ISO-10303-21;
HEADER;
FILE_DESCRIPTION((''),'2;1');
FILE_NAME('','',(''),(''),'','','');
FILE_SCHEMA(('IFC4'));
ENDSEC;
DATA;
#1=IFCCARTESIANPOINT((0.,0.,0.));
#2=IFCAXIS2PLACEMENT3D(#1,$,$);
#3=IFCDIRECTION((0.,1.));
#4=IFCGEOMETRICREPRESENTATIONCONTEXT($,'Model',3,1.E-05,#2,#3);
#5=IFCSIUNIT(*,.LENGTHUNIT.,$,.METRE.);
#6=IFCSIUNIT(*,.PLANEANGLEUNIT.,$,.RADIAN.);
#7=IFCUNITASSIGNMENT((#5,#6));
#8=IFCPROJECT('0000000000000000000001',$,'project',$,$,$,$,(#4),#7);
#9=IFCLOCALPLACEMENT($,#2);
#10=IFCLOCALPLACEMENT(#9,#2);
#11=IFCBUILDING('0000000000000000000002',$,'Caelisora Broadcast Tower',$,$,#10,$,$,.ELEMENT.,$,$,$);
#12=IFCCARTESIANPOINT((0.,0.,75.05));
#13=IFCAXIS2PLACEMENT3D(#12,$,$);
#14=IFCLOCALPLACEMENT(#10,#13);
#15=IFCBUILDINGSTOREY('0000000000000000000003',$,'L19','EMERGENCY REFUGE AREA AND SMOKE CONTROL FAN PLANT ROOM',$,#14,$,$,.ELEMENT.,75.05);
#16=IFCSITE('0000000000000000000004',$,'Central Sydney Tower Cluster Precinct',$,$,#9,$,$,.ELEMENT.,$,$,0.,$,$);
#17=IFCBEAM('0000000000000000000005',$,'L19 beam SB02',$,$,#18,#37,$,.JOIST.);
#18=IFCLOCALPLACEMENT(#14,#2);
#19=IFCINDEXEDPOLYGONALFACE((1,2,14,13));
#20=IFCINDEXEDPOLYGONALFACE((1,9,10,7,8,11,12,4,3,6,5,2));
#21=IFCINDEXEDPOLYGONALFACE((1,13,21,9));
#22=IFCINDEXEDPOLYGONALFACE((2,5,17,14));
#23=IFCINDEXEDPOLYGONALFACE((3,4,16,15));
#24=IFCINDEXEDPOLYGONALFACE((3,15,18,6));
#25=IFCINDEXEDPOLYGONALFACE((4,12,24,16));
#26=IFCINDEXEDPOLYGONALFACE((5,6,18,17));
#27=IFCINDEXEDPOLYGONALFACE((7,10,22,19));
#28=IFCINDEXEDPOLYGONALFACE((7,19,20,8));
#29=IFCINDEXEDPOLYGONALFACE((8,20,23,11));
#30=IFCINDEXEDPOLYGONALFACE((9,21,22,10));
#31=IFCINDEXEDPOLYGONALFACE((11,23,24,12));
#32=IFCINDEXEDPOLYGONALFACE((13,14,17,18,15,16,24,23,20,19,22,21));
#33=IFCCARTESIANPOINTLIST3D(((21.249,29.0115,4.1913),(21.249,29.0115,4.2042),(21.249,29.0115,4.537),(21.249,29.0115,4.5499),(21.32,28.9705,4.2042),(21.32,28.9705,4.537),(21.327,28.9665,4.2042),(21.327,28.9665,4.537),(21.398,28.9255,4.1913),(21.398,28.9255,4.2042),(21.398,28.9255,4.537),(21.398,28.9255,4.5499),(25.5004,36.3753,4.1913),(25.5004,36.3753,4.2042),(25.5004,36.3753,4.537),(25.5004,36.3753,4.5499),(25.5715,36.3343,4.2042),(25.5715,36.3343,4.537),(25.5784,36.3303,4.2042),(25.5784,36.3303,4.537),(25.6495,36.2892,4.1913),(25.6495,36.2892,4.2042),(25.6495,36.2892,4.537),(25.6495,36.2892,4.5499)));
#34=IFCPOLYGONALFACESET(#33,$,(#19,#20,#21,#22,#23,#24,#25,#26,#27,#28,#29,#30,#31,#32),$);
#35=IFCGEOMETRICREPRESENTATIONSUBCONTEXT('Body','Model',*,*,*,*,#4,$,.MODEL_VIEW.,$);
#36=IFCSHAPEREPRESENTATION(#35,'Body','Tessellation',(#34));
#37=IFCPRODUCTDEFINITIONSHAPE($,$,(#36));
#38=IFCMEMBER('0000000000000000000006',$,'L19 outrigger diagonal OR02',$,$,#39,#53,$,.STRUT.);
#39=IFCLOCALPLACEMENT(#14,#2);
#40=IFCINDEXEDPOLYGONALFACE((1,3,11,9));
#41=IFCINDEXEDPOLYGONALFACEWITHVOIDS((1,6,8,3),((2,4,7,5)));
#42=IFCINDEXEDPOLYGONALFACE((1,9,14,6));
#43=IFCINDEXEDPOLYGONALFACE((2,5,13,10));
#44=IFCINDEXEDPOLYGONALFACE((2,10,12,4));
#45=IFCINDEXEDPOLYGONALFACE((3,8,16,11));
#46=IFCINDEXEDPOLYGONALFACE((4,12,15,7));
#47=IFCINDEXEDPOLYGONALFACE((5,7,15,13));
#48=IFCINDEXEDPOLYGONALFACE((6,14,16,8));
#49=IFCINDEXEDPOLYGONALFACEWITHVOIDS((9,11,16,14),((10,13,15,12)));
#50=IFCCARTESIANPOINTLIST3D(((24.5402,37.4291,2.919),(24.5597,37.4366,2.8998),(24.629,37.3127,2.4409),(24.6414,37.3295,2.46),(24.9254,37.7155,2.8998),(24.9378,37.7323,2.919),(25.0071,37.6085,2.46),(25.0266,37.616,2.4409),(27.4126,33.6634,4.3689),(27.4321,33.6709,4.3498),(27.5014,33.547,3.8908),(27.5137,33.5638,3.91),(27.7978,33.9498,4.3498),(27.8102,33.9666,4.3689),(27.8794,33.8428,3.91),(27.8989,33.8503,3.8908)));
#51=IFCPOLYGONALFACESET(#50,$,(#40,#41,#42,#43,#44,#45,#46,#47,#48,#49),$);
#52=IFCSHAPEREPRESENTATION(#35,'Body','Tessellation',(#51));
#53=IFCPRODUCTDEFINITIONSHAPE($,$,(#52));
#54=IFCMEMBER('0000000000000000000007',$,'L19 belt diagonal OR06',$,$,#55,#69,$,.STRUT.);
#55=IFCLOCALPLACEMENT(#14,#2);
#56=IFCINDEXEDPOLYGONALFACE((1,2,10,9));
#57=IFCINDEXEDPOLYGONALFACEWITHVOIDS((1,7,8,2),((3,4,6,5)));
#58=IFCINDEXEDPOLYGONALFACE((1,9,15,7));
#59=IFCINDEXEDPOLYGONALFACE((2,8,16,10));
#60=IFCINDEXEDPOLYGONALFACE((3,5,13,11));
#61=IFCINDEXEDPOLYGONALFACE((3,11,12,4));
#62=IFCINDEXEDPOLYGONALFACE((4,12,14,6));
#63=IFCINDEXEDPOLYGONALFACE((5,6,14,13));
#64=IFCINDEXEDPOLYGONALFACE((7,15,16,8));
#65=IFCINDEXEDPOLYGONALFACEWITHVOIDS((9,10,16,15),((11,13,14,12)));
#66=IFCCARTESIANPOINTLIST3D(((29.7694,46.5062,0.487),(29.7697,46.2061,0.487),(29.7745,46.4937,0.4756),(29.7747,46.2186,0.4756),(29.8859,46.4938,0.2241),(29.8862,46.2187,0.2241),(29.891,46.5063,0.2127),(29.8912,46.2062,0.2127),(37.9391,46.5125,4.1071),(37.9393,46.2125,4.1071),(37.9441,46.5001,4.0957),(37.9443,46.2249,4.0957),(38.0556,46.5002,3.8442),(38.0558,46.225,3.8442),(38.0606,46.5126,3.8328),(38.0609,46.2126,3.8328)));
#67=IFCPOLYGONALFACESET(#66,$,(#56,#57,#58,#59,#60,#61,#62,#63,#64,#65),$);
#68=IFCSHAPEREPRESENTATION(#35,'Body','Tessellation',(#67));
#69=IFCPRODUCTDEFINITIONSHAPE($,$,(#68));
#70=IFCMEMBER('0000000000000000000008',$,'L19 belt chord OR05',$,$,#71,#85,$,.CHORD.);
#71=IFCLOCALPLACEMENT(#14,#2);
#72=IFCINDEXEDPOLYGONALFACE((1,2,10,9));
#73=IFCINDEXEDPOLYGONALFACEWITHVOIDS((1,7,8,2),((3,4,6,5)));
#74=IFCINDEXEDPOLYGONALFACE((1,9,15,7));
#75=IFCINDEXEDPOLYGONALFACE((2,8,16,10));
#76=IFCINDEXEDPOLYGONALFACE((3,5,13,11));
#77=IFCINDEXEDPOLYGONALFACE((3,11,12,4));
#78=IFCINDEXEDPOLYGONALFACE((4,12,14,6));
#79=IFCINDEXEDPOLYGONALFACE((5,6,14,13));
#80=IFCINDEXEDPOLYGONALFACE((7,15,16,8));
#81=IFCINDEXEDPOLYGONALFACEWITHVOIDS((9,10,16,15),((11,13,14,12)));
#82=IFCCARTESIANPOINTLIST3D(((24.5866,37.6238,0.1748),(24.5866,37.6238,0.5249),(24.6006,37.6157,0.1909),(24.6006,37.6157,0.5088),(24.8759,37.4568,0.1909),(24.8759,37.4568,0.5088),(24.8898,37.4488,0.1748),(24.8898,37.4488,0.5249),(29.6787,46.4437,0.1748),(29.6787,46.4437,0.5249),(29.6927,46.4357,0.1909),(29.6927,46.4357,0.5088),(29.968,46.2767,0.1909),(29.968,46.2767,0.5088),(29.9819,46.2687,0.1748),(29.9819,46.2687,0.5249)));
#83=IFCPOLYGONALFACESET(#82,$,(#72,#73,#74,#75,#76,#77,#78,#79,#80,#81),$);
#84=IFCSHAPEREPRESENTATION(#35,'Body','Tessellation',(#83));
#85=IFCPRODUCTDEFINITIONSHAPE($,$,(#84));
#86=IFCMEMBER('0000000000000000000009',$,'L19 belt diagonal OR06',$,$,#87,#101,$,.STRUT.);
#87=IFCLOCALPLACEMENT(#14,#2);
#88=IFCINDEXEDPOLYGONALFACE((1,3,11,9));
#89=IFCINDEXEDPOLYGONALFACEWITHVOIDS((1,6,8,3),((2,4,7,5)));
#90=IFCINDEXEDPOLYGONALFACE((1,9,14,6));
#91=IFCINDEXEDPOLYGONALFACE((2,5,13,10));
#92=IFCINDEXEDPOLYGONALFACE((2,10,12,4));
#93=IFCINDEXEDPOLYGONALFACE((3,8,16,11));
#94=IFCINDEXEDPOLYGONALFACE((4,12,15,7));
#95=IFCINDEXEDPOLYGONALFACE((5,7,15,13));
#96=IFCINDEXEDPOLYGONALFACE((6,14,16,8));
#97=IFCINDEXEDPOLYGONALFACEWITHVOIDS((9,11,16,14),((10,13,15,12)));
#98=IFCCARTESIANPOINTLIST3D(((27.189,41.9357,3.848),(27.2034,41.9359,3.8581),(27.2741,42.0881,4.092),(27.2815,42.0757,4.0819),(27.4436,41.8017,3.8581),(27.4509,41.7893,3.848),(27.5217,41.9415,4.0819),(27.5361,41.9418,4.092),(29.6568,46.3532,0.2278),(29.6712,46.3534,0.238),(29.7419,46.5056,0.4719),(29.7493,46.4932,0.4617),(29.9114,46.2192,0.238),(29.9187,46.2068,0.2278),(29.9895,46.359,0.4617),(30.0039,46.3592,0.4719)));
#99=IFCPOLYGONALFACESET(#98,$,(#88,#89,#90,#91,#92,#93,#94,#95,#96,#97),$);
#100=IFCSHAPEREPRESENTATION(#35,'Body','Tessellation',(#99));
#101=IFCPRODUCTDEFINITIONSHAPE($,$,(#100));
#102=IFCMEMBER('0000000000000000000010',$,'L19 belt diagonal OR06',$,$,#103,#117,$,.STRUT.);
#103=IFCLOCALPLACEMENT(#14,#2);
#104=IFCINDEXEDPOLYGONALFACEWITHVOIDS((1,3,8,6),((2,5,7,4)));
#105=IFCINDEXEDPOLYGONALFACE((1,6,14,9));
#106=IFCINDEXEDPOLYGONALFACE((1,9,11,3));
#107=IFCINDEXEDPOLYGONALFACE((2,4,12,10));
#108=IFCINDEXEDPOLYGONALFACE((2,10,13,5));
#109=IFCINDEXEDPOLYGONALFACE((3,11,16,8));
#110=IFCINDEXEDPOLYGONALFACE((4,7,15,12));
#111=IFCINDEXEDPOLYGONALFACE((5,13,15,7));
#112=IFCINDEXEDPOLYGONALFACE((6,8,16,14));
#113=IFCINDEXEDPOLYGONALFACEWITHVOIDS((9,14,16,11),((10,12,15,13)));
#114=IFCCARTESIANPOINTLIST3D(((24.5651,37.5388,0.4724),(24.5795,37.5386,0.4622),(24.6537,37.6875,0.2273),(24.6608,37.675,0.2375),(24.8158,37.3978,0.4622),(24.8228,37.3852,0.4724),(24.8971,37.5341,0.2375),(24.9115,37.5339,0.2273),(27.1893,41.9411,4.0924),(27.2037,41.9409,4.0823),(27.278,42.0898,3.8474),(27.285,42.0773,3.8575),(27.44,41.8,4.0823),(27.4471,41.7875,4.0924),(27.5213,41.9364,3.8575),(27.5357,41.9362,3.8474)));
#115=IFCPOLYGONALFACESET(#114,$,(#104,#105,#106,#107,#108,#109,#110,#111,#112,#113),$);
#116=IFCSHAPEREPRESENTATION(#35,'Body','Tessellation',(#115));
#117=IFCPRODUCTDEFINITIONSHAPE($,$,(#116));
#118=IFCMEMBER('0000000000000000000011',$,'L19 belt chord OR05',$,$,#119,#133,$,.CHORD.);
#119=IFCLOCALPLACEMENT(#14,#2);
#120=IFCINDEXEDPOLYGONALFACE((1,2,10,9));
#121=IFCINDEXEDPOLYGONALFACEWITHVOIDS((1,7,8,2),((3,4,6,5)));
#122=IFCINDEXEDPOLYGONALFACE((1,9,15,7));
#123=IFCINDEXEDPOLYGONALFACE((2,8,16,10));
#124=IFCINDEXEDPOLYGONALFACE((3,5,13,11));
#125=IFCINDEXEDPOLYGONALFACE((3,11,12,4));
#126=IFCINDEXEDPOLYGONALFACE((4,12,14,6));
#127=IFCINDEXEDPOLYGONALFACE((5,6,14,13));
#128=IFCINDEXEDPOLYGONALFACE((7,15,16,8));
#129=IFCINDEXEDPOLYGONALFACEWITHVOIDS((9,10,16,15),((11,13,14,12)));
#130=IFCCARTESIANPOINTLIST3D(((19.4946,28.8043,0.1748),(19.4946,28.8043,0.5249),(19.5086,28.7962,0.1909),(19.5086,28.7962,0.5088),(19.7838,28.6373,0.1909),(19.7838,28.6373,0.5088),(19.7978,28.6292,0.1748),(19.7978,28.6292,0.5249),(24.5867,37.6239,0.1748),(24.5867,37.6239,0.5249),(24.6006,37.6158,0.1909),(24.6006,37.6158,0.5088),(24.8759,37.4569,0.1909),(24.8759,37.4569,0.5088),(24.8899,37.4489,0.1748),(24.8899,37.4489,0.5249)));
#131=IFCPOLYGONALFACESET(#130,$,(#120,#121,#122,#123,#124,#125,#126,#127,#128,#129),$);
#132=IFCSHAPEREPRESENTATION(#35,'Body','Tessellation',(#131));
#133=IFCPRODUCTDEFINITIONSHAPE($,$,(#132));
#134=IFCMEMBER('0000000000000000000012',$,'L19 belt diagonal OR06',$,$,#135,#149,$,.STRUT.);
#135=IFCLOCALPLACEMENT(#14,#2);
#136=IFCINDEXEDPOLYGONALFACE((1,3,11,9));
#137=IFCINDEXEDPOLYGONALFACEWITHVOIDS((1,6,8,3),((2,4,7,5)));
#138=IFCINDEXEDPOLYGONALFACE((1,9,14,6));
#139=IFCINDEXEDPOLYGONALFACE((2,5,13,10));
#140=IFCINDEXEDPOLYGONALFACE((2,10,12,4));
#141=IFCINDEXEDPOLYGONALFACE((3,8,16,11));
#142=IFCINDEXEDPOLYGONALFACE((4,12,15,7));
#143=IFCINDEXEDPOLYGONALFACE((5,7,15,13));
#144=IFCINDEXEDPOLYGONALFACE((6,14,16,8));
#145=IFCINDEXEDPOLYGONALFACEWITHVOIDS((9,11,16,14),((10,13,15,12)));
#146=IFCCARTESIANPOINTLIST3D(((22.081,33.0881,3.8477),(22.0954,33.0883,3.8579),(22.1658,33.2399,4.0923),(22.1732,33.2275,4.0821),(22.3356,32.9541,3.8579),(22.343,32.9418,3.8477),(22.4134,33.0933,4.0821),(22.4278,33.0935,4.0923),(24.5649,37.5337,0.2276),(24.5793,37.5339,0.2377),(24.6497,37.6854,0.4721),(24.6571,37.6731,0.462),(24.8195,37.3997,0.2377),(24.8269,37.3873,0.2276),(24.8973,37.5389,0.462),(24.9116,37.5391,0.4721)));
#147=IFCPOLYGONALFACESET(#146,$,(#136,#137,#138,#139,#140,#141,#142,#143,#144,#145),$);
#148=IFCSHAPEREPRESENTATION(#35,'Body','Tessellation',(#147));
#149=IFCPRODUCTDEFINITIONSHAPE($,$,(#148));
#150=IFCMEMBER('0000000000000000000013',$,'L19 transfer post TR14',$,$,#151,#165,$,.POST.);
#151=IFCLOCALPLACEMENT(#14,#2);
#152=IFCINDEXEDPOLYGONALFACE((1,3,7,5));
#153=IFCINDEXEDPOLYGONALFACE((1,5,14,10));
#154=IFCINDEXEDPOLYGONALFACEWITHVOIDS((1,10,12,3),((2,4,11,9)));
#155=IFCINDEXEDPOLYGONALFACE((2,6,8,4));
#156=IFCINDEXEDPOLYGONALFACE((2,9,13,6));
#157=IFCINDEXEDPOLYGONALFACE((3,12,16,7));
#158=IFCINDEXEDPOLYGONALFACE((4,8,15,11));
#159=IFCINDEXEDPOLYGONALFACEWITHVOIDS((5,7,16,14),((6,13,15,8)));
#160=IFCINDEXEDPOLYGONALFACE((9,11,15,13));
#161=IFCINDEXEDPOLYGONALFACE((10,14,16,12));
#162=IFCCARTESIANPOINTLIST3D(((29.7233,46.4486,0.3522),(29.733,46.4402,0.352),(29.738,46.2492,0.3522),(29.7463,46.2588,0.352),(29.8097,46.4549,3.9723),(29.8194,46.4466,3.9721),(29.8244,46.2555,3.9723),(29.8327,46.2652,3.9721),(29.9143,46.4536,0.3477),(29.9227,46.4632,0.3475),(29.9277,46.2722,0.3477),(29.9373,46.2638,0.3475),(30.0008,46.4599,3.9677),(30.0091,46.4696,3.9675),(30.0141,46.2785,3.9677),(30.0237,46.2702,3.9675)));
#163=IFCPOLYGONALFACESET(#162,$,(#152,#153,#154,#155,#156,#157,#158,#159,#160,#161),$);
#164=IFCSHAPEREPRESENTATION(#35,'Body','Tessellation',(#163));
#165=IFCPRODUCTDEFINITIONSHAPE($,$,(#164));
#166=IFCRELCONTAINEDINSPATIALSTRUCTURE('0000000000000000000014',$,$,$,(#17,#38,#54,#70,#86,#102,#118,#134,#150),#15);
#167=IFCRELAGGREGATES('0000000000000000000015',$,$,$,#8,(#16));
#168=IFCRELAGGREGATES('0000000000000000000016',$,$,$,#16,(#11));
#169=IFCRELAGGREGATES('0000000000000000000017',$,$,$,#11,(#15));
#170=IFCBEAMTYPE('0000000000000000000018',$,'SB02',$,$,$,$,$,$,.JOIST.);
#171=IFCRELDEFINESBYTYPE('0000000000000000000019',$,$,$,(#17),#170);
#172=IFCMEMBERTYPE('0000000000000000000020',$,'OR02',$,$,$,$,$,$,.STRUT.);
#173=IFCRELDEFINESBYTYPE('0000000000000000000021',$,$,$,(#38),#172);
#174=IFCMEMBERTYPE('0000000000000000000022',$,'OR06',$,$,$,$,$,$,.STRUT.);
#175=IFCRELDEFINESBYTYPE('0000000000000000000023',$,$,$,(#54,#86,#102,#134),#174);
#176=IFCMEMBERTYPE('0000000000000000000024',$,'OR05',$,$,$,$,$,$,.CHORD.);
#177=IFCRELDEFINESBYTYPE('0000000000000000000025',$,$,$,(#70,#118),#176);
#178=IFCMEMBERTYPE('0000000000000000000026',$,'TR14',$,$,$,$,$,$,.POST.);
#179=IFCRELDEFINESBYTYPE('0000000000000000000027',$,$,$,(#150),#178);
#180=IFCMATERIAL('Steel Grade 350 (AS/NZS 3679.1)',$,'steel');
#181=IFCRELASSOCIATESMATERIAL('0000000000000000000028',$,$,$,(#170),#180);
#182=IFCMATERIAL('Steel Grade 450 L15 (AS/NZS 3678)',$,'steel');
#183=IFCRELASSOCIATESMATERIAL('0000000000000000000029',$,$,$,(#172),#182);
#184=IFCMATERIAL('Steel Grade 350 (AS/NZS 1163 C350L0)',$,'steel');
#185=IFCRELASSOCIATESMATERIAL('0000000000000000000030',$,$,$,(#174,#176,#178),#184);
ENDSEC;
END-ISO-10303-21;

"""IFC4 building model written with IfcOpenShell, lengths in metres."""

from ifc_helpers import new_model, si_unit, direction, frame, origin, origin_2d, place, context, subcontext, project, spatial, hollow_rectangle, i_section, extrude, source, transform, mapped, material, material_profile, profile_set, type_object, type_shapes, element, save


model = new_model("IFC4")

# Units and contexts
model_context = context("Model", 3, precision=1e-05, world=origin(), true_north=direction((0.0, 1.0)))
body_context = subcontext(model_context, "Body", "Model", "MODEL_VIEW")
ifc_project = project(units=[si_unit("LENGTHUNIT", "METRE"), si_unit("PLANEANGLEUNIT", "RADIAN")], contexts=[model_context])

# Site, building, storey
site_placement = place(None, origin())
site = spatial("IfcSite", under=ifc_project, at=site_placement, Name="Central Sydney Tower Cluster Precinct", CompositionType="ELEMENT", RefElevation=0.0)
building_placement = place(site_placement, origin())
building = spatial("IfcBuilding", under=site, at=building_placement, Name="Caelisora Broadcast Tower", CompositionType="ELEMENT")
storey_placement = place(building_placement, frame((0.0, 0.0, 75.05)))
storey = spatial("IfcBuildingStorey", under=building, at=storey_placement, Name="L19", Description="EMERGENCY REFUGE AREA AND SMOKE CONTROL FAN PLANT ROOM", CompositionType="ELEMENT", Elevation=75.05)

# Beam
ifc_material_1 = material(Name="Steel Grade 350 (AS/NZS 3679.1)", Category="steel")
ifc_material_profile_1 = material_profile(ifc_material_1, i_section(OverallWidth=0.1721, OverallDepth=0.3586, WebThickness=0.0081, FlangeThickness=0.0129, at=origin_2d()), Name="Steel Grade 350 (AS/NZS 3679.1)")
ifc_profile_set_1 = profile_set([ifc_material_profile_1], Name="Steel Grade 350 (AS/NZS 3679.1)")
beam_type_1 = type_object("IfcBeamType", Name="SB02", PredefinedType="JOIST", material=ifc_profile_set_1)
shared_shape_1 = source(origin(), body_context, "Body", "SweptSolid", [
    extrude(i_section(OverallWidth=0.1721, OverallDepth=0.3586, WebThickness=0.0081, FlangeThickness=0.0129, at=origin_2d()), origin(), (0.0, 0.0, 1.0), 8.5029),
])
beam_1_placement = place(storey_placement, frame((25.575, 36.3323, 4.3706), z_axis=(-0.499999, -0.866026, 0.0), x_axis=(0.866026, -0.499999, 0.0)))
element("IfcBeam", 1, at=beam_1_placement, inside=storey, type_object=beam_type_1, Name="L19 beam SB02", PredefinedType="JOIST", context=body_context, shape_type="MappedRepresentation", body=[
    mapped(shared_shape_1, transform((0.0, 0.0, 0.0), scale=1.0)),
])

# Members
ifc_material_2 = material(Name="Steel Grade 450 L15 (AS/NZS 3678)", Category="steel")
ifc_material_profile_2 = material_profile(ifc_material_2, hollow_rectangle(XDim=0.5, YDim=0.5, WallThickness=0.02, at=origin_2d()), Name="Steel Grade 450 L15 (AS/NZS 3678)")
ifc_profile_set_2 = profile_set([ifc_material_profile_2], Name="Steel Grade 450 L15 (AS/NZS 3678)")
member_type_1 = type_object("IfcMemberType", Name="OR02", PredefinedType="STRUT", material=ifc_profile_set_2)
shared_shape_2 = source(origin(), body_context, "Body", "SweptSolid", [
    extrude(hollow_rectangle(XDim=0.5, YDim=0.5, WallThickness=0.02, at=origin_2d()), origin(), (0.0, 0.0, 1.0), 4.9531),
])
type_shapes(member_type_1, [shared_shape_2])
member_1_placement = place(storey_placement, frame((27.6558, 33.7568, 4.1299), z_axis=(-0.579911, 0.760267, -0.29274), x_axis=(-0.795099, -0.60648, 0.0)))
element("IfcMember", 2, at=member_1_placement, inside=storey, type_object=member_type_1, Name="L19 outrigger diagonal OR02", PredefinedType="STRUT", context=body_context, shape_type="MappedRepresentation", body=[
    mapped(shared_shape_2, transform((0.0, 0.0, 0.0), scale=1.0)),
])
ifc_material_3 = material(Name="Steel Grade 350 (AS/NZS 1163 C350L0)", Category="steel")
ifc_material_profile_3 = material_profile(ifc_material_3, hollow_rectangle(XDim=0.3, YDim=0.3, WallThickness=0.0125, at=origin_2d()), Name="Steel Grade 350 (AS/NZS 1163 C350L0)")
ifc_profile_set_3 = profile_set([ifc_material_profile_3], Name="Steel Grade 350 (AS/NZS 1163 C350L0)")
member_type_2 = type_object("IfcMemberType", Name="OR06", PredefinedType="STRUT", material=ifc_profile_set_3)
shared_shape_3 = source(origin(), body_context, "Body", "SweptSolid", [
    extrude(hollow_rectangle(XDim=0.3, YDim=0.3, WallThickness=0.0125, at=origin_2d()), origin(), (0.0, 0.0, 1.0), 8.9358),
])
member_2_placement = place(storey_placement, frame((29.8303, 46.3562, 0.3499), z_axis=(0.914261, 0.00071, 0.405124), x_axis=(-0.000777, 1.0, 0.0)))
element("IfcMember", 3, at=member_2_placement, inside=storey, type_object=member_type_2, Name="L19 belt diagonal OR06", PredefinedType="STRUT", context=body_context, shape_type="MappedRepresentation", body=[
    mapped(shared_shape_3, transform((0.0, 0.0, 0.0), scale=1.0)),
])
ifc_material_profile_4 = material_profile(ifc_material_3, hollow_rectangle(XDim=0.3501, YDim=0.3501, WallThickness=0.0161, at=origin_2d()), Name="Steel Grade 350 (AS/NZS 1163 C350L0)")
ifc_profile_set_4 = profile_set([ifc_material_profile_4], Name="Steel Grade 350 (AS/NZS 1163 C350L0)")
member_type_3 = type_object("IfcMemberType", Name="OR05", PredefinedType="CHORD", material=ifc_profile_set_4)
shared_shape_4 = source(origin(), body_context, "Body", "SweptSolid", [
    extrude(hollow_rectangle(XDim=0.3501, YDim=0.3501, WallThickness=0.0161, at=origin_2d()), origin(), (0.0, 0.0, 1.0), 10.1843),
])
member_3_placement = place(storey_placement, frame((29.8303, 46.3562, 0.3499), z_axis=(-0.499994, -0.866029, 0.0), x_axis=(0.866029, -0.499994, 0.0)))
element("IfcMember", 4, at=member_3_placement, inside=storey, type_object=member_type_3, Name="L19 belt chord OR05", PredefinedType="CHORD", context=body_context, shape_type="MappedRepresentation", body=[
    mapped(shared_shape_4, transform((0.0, 0.0, 0.0), scale=1.0)),
])
shared_shape_5 = source(origin(), body_context, "Body", "SweptSolid", [
    extrude(hollow_rectangle(XDim=0.3, YDim=0.3, WallThickness=0.0125, at=origin_2d()), origin(), (0.0, 0.0, 1.0), 6.2217),
])
member_4_placement = place(storey_placement, frame((29.8303, 46.3562, 0.3499), z_axis=(-0.396641, -0.710014, 0.581855), x_axis=(0.873012, -0.487698, 0.0)))
element("IfcMember", 5, at=member_4_placement, inside=storey, type_object=member_type_2, Name="L19 belt diagonal OR06", PredefinedType="STRUT", context=body_context, shape_type="MappedRepresentation", body=[
    mapped(shared_shape_5, transform((0.0, 0.0, 0.0), scale=1.0)),
])
shared_shape_6 = source(origin(), body_context, "Body", "SweptSolid", [
    extrude(hollow_rectangle(XDim=0.3, YDim=0.3, WallThickness=0.0125, at=origin_2d()), origin(), (0.0, 0.0, 1.0), 6.2747),
])
member_5_placement = place(storey_placement, frame((24.7383, 37.5364, 0.3499), z_axis=(0.418226, 0.701595, 0.576933), x_axis=(-0.858965, 0.512035, 0.0)))
element("IfcMember", 6, at=member_5_placement, inside=storey, type_object=member_type_2, Name="L19 belt diagonal OR06", PredefinedType="STRUT", context=body_context, shape_type="MappedRepresentation", body=[
    mapped(shared_shape_6, transform((0.0, 0.0, 0.0), scale=1.0)),
])
shared_shape_7 = source(origin(), body_context, "Body", "SweptSolid", [
    extrude(hollow_rectangle(XDim=0.3501, YDim=0.3501, WallThickness=0.0161, at=origin_2d()), origin(), (0.0, 0.0, 1.0), 10.1841),
])
type_shapes(member_type_3, [shared_shape_4, shared_shape_7])
member_6_placement = place(storey_placement, frame((24.7383, 37.5364, 0.3499), z_axis=(-0.500004, -0.866023, 0.0), x_axis=(0.866023, -0.500004, 0.0)))
element("IfcMember", 7, at=member_6_placement, inside=storey, type_object=member_type_3, Name="L19 belt chord OR05", PredefinedType="CHORD", context=body_context, shape_type="MappedRepresentation", body=[
    mapped(shared_shape_7, transform((0.0, 0.0, 0.0), scale=1.0)),
])
shared_shape_8 = source(origin(), body_context, "Body", "SweptSolid", [
    extrude(hollow_rectangle(XDim=0.3, YDim=0.3, WallThickness=0.0125, at=origin_2d()), origin(), (0.0, 0.0, 1.0), 6.248),
])
type_shapes(member_type_2, [shared_shape_3, shared_shape_5, shared_shape_6, shared_shape_8])
member_7_placement = place(storey_placement, frame((24.7383, 37.5364, 0.3499), z_axis=(-0.397547, -0.711513, 0.579401), x_axis=(0.872977, -0.487762, 0.0)))
element("IfcMember", 8, at=member_7_placement, inside=storey, type_object=member_type_2, Name="L19 belt diagonal OR06", PredefinedType="STRUT", context=body_context, shape_type="MappedRepresentation", body=[
    mapped(shared_shape_8, transform((0.0, 0.0, 0.0), scale=1.0)),
])
ifc_material_profile_5 = material_profile(ifc_material_3, hollow_rectangle(XDim=0.2, YDim=0.2, WallThickness=0.009, at=origin_2d()), Name="Steel Grade 350 (AS/NZS 1163 C350L0)")
ifc_profile_set_5 = profile_set([ifc_material_profile_5], Name="Steel Grade 350 (AS/NZS 1163 C350L0)")
member_type_4 = type_object("IfcMemberType", Name="TR14", PredefinedType="POST", material=ifc_profile_set_5)
shared_shape_9 = source(origin(), body_context, "Body", "SweptSolid", [
    extrude(hollow_rectangle(XDim=0.2, YDim=0.2, WallThickness=0.009, at=origin_2d()), origin(), (0.0, 0.0, 1.0), 3.6211),
])
type_shapes(member_type_4, [shared_shape_9])
member_8_placement = place(storey_placement, frame((29.8303, 46.3562, 0.3499), z_axis=(0.023867, 0.001753, 0.999714), x_axis=(-0.073249, 0.997314, 0.0)))
element("IfcMember", 9, at=member_8_placement, inside=storey, type_object=member_type_4, Name="L19 transfer post TR14", PredefinedType="POST", context=body_context, shape_type="MappedRepresentation", body=[
    mapped(shared_shape_9, transform((0.0, 0.0, 0.0), scale=1.0)),
])

save(model, "model.ifc")
